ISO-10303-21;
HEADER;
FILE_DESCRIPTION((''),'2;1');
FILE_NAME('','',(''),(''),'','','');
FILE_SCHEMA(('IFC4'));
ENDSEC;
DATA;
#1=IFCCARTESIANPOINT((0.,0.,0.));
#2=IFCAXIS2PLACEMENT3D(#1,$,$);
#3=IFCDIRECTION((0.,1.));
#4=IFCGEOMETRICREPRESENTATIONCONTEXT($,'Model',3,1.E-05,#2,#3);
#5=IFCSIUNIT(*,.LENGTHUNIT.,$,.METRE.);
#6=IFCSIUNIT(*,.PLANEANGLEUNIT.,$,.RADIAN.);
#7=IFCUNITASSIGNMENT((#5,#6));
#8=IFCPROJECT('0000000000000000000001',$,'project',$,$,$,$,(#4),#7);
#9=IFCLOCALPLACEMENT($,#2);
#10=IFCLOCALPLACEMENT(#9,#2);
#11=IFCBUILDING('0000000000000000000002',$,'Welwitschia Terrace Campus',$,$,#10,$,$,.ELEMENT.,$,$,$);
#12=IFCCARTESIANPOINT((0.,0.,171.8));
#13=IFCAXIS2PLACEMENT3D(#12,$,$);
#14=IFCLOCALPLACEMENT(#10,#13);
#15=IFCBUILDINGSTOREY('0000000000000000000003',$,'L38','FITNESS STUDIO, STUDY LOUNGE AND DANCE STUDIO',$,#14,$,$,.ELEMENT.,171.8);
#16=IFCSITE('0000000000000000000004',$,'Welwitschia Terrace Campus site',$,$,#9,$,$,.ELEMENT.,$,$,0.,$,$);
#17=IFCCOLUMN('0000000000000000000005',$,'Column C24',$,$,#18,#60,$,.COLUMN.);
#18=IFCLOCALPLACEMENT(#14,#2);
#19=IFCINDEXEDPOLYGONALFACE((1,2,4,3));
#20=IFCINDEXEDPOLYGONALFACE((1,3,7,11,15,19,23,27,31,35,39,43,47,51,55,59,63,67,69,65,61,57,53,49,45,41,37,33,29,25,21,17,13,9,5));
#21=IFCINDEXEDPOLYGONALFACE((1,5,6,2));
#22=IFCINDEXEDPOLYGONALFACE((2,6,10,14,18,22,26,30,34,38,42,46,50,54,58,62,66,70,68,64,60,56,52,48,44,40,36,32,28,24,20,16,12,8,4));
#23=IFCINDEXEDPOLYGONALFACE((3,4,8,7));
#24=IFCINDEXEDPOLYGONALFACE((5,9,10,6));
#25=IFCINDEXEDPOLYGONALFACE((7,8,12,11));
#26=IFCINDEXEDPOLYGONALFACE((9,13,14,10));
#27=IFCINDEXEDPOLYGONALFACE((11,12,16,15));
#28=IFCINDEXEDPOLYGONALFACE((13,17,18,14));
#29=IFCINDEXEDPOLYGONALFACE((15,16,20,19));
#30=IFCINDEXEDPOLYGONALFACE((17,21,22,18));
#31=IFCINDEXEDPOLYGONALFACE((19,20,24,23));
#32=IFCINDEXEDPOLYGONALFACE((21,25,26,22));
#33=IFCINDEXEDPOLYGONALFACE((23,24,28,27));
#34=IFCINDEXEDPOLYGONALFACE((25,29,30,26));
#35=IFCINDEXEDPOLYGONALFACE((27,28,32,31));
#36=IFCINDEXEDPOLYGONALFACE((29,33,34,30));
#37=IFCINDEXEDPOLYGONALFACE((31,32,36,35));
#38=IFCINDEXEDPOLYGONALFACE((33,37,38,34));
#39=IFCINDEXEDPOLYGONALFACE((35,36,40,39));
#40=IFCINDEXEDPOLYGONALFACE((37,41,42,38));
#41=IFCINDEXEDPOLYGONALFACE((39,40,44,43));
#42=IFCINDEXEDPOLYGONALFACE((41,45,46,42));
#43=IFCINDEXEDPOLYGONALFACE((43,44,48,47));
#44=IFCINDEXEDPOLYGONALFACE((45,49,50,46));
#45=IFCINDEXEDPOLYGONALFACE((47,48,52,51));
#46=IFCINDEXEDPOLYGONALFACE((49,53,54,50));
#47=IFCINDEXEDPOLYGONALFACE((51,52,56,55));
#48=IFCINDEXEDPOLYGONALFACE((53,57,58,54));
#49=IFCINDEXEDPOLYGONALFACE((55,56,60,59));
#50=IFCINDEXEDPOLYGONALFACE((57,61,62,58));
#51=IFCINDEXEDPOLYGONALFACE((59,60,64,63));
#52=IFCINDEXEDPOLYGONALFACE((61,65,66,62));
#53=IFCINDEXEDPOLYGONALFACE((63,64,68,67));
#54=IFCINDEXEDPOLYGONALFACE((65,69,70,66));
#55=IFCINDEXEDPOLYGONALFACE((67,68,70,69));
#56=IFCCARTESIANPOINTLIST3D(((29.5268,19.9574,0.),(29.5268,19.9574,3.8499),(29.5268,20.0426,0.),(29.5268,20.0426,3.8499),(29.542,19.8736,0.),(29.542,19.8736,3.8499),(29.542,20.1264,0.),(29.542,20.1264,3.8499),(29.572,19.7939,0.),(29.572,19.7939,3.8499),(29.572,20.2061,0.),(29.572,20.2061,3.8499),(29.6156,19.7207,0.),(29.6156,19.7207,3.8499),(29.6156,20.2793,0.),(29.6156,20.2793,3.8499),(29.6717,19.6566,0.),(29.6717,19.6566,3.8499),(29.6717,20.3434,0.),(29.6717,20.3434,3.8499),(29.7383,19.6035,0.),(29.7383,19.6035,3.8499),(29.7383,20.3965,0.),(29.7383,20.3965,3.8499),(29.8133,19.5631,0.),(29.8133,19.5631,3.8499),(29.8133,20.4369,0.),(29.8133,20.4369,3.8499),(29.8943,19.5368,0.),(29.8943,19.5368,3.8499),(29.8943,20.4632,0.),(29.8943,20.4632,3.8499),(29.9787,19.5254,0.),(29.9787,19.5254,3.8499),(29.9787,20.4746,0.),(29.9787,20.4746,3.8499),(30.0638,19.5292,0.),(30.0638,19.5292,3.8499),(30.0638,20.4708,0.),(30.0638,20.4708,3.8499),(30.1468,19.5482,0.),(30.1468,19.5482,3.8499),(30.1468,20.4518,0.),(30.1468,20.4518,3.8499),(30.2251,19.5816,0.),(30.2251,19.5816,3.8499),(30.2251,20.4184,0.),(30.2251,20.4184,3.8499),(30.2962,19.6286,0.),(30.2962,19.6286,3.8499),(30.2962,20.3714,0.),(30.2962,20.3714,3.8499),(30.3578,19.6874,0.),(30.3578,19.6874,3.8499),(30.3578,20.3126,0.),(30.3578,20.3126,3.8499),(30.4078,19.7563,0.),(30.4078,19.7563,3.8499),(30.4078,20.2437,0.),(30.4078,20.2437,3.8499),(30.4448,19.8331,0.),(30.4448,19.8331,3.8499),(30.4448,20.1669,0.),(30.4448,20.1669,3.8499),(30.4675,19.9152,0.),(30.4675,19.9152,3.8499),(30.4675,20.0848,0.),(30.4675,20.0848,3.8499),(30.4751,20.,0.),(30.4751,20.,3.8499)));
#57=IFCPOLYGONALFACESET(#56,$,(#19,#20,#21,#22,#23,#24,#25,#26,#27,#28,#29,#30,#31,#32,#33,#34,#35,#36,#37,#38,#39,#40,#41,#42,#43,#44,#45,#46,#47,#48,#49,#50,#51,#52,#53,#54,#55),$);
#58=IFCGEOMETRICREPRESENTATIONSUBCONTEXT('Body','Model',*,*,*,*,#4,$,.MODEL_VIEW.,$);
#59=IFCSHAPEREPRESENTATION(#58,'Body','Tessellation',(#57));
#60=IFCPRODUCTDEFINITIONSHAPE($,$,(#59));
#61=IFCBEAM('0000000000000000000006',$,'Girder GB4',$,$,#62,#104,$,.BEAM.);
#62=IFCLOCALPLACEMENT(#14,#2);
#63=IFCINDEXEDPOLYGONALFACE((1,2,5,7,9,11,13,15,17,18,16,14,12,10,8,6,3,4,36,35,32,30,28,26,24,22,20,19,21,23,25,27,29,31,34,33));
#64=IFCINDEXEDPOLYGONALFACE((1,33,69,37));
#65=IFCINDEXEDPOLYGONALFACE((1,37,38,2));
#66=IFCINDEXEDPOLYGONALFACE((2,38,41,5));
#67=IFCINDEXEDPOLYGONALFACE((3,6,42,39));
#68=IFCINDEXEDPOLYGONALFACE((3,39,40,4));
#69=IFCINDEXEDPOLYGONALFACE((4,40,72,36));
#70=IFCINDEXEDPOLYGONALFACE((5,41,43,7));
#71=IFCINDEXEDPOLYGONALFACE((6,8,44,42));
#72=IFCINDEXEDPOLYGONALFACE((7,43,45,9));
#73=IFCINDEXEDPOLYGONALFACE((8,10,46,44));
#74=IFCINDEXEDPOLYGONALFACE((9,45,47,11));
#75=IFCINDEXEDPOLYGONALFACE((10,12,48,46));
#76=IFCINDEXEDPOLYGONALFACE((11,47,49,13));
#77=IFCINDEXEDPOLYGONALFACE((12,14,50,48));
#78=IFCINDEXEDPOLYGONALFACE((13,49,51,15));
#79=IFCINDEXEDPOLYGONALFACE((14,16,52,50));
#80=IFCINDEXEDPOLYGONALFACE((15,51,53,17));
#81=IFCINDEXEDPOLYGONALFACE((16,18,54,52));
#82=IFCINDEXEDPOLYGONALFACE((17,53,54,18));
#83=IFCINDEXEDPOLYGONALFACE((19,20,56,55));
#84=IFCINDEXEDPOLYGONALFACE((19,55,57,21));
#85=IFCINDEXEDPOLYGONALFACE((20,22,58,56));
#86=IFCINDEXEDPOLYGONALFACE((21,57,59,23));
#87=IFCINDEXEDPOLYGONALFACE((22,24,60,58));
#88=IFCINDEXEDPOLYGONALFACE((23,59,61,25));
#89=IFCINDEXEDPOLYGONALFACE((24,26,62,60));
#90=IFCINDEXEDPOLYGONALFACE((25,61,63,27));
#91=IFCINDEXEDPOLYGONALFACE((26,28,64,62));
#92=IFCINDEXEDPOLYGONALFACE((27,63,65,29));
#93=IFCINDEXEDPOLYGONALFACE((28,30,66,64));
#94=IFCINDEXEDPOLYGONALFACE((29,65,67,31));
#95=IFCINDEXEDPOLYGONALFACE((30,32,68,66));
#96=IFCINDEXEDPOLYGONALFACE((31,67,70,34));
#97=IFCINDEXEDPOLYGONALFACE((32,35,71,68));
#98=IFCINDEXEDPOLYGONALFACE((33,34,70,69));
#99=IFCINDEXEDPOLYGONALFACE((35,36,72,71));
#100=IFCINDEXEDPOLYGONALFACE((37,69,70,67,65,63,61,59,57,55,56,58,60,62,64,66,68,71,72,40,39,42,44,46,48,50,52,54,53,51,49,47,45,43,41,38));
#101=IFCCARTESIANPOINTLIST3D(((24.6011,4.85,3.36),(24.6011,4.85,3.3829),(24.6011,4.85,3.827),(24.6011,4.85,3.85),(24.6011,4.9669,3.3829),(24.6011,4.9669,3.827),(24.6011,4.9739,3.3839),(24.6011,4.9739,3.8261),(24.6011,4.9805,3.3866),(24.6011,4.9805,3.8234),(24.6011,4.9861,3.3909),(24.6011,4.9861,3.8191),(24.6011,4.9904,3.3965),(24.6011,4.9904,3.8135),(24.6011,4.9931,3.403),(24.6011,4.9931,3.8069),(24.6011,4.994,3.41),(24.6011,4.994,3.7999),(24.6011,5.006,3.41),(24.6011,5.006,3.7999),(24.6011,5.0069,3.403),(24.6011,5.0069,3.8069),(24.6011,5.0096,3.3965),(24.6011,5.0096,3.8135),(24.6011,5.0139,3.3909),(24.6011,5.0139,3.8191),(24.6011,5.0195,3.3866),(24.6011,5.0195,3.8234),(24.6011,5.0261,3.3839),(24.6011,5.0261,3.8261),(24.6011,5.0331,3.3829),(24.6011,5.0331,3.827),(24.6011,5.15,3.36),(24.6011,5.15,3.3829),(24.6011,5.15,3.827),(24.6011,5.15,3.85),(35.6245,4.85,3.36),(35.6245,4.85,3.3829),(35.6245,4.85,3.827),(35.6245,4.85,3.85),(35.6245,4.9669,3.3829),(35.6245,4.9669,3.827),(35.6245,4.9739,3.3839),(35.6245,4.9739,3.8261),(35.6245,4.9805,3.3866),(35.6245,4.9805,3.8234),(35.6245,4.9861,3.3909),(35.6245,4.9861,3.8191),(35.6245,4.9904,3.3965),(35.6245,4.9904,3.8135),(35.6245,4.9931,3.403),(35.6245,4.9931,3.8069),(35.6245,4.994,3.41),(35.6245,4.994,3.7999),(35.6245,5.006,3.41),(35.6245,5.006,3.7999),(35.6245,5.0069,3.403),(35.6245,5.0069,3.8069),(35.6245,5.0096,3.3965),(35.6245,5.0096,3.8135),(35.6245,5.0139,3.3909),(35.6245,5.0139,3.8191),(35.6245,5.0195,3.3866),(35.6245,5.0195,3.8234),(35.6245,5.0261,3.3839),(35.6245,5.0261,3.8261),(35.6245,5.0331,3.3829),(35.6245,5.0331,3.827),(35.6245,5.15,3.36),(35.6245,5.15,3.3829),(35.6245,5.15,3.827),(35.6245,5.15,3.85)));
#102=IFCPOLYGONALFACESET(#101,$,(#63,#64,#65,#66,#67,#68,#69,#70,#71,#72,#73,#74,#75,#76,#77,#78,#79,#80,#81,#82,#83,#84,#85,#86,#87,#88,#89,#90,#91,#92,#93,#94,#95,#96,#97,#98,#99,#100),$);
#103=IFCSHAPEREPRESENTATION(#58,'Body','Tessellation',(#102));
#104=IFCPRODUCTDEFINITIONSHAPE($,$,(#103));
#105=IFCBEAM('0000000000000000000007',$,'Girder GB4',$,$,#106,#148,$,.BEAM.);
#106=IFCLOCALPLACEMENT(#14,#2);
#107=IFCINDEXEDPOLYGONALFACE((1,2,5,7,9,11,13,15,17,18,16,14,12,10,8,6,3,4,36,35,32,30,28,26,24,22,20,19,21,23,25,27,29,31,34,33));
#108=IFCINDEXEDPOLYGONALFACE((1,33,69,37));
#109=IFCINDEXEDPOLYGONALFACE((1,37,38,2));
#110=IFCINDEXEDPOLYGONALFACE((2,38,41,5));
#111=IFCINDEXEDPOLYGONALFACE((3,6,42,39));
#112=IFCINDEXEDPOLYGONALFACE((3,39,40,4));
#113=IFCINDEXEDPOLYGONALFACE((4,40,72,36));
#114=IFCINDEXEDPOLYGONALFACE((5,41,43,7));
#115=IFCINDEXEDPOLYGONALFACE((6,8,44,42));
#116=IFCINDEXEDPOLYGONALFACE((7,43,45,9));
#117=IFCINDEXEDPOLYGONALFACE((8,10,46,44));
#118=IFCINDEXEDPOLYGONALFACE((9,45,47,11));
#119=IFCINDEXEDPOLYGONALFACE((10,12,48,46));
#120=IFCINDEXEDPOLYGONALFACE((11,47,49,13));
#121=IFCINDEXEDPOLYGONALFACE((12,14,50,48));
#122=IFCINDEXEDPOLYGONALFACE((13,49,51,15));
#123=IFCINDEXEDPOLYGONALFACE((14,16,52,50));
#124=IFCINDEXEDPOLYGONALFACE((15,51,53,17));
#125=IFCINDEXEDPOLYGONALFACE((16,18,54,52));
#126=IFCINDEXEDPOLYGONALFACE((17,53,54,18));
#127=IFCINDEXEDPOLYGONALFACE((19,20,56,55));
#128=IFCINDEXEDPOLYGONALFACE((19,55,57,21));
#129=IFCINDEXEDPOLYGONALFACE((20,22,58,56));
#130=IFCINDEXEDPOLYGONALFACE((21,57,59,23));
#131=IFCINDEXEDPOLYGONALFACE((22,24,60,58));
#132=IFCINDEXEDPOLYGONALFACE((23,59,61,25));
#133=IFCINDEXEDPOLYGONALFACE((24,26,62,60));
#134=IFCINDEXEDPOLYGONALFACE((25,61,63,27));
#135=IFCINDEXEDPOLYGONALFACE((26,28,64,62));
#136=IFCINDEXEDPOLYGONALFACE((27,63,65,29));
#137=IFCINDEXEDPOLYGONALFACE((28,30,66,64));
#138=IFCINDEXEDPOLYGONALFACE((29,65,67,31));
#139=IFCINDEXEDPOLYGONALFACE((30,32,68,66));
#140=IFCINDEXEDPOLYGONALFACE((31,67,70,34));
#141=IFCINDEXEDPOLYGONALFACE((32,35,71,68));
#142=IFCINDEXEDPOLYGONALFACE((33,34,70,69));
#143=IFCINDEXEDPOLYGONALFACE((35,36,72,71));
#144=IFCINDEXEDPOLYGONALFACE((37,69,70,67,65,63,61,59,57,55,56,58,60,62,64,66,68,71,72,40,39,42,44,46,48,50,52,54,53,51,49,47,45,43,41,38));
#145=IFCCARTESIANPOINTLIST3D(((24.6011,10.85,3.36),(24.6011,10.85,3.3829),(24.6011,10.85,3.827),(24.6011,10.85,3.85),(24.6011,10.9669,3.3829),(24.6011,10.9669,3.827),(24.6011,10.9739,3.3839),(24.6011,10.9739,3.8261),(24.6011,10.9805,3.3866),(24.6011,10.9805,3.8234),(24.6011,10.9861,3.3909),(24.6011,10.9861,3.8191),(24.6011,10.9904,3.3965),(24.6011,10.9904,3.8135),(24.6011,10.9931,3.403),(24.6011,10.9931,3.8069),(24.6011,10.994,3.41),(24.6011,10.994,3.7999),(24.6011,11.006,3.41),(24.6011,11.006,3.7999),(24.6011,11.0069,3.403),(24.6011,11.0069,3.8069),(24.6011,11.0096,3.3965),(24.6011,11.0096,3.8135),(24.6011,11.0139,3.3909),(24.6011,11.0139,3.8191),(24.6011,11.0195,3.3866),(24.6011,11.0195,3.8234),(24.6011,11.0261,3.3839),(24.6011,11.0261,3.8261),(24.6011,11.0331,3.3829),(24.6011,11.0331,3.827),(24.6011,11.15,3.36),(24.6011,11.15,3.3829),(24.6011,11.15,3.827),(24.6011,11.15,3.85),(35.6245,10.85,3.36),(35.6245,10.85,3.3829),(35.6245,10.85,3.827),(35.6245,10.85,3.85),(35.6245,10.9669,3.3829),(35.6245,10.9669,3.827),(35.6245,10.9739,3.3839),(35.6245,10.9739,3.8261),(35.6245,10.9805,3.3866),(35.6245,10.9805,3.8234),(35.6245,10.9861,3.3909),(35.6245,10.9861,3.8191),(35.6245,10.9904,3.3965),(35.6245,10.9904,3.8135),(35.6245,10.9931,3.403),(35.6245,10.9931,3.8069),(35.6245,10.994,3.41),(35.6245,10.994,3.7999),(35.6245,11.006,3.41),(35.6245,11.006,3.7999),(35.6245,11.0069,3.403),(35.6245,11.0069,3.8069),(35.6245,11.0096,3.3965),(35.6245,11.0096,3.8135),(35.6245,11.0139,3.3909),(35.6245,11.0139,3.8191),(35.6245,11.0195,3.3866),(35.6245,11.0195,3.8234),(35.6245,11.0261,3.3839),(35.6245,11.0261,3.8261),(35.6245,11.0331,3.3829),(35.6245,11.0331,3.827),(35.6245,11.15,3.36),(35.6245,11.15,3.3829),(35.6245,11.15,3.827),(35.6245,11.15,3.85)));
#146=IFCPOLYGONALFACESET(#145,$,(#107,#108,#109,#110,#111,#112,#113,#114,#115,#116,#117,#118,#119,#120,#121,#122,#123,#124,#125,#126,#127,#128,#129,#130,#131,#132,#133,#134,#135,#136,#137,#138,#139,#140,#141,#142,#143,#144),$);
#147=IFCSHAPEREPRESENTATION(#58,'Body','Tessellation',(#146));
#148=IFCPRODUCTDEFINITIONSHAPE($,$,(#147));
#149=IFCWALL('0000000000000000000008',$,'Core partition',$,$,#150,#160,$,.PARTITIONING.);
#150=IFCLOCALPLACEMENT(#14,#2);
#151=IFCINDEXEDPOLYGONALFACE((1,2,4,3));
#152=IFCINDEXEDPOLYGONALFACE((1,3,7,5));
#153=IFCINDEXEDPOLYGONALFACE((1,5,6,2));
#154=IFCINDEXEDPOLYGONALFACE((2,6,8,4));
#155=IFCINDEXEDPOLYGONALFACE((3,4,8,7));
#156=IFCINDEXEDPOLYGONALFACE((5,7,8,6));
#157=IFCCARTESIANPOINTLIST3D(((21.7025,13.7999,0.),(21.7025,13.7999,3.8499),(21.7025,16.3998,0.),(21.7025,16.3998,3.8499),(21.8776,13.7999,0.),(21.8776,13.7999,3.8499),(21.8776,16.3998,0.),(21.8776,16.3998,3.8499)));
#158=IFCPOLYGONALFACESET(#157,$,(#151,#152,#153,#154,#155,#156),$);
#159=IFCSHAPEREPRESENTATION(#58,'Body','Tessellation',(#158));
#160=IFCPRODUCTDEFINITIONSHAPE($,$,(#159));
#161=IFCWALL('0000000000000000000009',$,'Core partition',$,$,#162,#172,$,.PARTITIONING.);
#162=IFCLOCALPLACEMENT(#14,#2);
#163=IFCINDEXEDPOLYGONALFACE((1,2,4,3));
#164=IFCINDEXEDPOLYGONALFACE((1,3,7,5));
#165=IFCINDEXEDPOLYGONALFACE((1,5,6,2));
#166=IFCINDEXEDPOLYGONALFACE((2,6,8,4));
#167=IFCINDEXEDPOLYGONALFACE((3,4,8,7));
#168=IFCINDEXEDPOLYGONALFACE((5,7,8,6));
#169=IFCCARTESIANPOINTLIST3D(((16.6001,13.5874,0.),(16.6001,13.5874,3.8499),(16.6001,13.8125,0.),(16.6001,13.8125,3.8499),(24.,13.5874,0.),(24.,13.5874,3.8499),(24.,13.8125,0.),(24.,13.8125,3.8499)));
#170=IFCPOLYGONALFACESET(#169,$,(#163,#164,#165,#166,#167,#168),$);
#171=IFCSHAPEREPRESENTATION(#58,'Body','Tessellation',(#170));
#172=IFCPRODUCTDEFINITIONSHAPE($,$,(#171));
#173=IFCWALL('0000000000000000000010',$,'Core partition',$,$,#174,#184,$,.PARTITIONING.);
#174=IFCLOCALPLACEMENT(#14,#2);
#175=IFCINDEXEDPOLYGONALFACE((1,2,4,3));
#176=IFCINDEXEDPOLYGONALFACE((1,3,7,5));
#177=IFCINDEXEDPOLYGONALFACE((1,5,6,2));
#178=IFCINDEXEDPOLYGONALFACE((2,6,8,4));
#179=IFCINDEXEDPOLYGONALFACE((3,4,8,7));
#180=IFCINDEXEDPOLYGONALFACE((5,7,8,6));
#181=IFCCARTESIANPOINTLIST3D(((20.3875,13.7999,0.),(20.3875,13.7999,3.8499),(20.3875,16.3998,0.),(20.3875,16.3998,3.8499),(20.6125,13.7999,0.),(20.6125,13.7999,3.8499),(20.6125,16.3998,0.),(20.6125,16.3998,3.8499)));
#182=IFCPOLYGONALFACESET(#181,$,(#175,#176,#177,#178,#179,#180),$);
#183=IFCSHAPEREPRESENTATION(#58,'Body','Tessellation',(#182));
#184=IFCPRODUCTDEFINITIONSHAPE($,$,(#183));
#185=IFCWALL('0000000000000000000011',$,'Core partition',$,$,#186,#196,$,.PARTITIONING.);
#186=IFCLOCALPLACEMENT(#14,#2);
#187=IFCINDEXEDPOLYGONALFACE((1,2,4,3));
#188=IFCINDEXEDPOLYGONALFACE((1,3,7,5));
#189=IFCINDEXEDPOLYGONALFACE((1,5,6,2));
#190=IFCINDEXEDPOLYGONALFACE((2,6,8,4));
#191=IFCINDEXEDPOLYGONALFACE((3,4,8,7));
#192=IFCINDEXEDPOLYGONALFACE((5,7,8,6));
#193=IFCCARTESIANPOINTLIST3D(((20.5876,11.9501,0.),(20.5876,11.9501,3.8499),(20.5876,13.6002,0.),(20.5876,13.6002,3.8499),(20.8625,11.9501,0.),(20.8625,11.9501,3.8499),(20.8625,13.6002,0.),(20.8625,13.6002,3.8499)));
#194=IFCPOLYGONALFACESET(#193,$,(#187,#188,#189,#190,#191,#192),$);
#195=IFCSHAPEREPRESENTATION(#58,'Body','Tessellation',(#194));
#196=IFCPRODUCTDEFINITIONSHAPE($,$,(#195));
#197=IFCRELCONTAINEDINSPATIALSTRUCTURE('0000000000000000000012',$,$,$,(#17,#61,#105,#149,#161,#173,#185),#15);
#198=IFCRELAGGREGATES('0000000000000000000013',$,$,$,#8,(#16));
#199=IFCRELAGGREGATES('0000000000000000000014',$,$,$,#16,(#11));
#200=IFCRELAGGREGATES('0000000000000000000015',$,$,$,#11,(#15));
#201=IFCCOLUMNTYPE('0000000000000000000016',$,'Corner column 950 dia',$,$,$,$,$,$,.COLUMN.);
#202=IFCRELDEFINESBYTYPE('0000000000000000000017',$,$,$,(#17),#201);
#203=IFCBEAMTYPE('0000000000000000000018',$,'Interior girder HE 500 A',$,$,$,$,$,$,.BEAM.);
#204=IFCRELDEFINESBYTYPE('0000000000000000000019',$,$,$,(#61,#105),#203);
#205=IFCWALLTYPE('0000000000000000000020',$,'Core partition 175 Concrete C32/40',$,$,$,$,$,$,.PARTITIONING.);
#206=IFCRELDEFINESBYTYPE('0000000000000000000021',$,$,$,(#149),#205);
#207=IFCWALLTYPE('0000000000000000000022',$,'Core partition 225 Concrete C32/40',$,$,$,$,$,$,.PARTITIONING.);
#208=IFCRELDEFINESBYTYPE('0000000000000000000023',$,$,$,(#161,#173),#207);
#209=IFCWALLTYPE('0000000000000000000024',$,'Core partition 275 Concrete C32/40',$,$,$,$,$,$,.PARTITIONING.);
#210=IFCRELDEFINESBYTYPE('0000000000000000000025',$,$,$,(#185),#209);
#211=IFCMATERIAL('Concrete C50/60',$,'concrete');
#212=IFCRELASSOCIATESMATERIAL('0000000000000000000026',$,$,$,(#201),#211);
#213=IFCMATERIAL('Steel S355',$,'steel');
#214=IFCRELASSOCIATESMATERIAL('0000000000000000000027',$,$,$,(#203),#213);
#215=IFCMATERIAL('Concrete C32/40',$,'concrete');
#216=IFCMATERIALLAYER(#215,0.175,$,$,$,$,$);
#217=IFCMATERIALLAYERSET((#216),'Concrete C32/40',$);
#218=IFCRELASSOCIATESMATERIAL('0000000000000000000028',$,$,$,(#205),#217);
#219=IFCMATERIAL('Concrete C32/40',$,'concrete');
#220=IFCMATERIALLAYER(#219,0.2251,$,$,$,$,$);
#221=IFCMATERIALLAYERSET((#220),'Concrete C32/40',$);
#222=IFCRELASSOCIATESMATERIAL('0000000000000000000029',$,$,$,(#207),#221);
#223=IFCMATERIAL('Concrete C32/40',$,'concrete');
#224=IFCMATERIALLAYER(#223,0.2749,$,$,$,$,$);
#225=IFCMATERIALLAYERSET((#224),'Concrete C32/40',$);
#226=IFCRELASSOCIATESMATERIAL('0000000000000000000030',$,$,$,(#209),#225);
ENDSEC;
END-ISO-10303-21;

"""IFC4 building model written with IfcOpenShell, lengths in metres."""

from ifc_helpers import new_model, si_unit, direction, frame, frame_2d, origin, origin_2d, place, context, subcontext, project, spatial, rectangle, circle, i_section, extrude, material, layer, layer_set, material_profile, profile_set, type_object, element, save


model = new_model("IFC4")

# Units and contexts
model_context = context("Model", 3, precision=1e-05, world=origin(), true_north=direction((0.0, 1.0)))
body_context = subcontext(model_context, "Body", "Model", "MODEL_VIEW")
ifc_project = project(units=[si_unit("LENGTHUNIT", "METRE"), si_unit("PLANEANGLEUNIT", "RADIAN")], contexts=[model_context])

# Site, building, storey
site_placement = place(None, origin())
site = spatial("IfcSite", under=ifc_project, at=site_placement, Name="Welwitschia Terrace Campus site", CompositionType="ELEMENT", RefElevation=0.0)
building_placement = place(site_placement, origin())
building = spatial("IfcBuilding", under=site, at=building_placement, Name="Welwitschia Terrace Campus", CompositionType="ELEMENT")
storey_placement = place(building_placement, frame((0.0, 0.0, 171.8)))
storey = spatial("IfcBuildingStorey", under=building, at=storey_placement, Name="L38", Description="FITNESS STUDIO, STUDY LOUNGE AND DANCE STUDIO", CompositionType="ELEMENT", Elevation=171.8)

# Column
ifc_material_1 = material(Name="Concrete C50/60", Category="concrete")
ifc_material_profile_1 = material_profile(ifc_material_1, circle(Radius=0.4751, at=origin_2d()))
ifc_profile_set_1 = profile_set([ifc_material_profile_1], Name="Concrete C50/60")
column_type = type_object("IfcColumnType", Name="Corner column 950 dia", PredefinedType="COLUMN", material=ifc_profile_set_1)
column_placement = place(storey_placement, frame((30.0, 20.0, 0.0), z_axis=(0.0, 0.0, 1.0), x_axis=(1.0, 0.0, 0.0)))
element("IfcColumn", 1, at=column_placement, inside=storey, type_object=column_type, Name="Column C24", PredefinedType="COLUMN", context=body_context, shape_type="SweptSolid", body=[
    extrude(circle(Radius=0.4751, at=origin_2d()), origin(), (0.0, 0.0, 1.0), 3.8499),
])

# Beams
ifc_material_2 = material(Name="Steel S355", Category="steel")
ifc_material_profile_2 = material_profile(ifc_material_2, i_section(OverallWidth=0.3, OverallDepth=0.49, WebThickness=0.012, FlangeThickness=0.0229, FilletRadius=0.0271, at=origin_2d()))
ifc_profile_set_2 = profile_set([ifc_material_profile_2], Name="Steel S355")
beam_type = type_object("IfcBeamType", Name="Interior girder HE 500 A", PredefinedType="BEAM", material=ifc_profile_set_2)
for number, where, z_axis, x_axis, name in (
    (2, (24.6011, 5.0, 3.605), (1.0, 0.0, 0.0), (0.0, 1.0, 0.0), "Girder GB4"),
    (3, (24.6011, 11.0, 3.605), (1.0, 0.0, 0.0), (0.0, 1.0, 0.0), "Girder GB4"),
):
    element("IfcBeam", number, at=place(storey_placement, frame(where, z_axis=z_axis, x_axis=x_axis)), inside=storey, type_object=beam_type, Name=name, PredefinedType="BEAM", context=body_context, shape_type="SweptSolid", body=[
        extrude(i_section(OverallWidth=0.3, OverallDepth=0.49, WebThickness=0.012, FlangeThickness=0.0229, FilletRadius=0.0271, at=origin_2d()), origin(), (0.0, 0.0, 1.0), 11.0234),
    ])

# Walls
ifc_material_3 = material(Name="Concrete C32/40", Category="concrete")
ifc_layer_1 = layer(ifc_material_3, 0.175)
ifc_layer_set_1 = layer_set([ifc_layer_1], Name="Concrete C32/40")
wall_type_1 = type_object("IfcWallType", Name="Core partition 175 Concrete C32/40", PredefinedType="PARTITIONING", material=ifc_layer_set_1)
wall_1_placement = place(storey_placement, frame((21.79, 13.8, 0.0), z_axis=(0.0, 0.0, 1.0), x_axis=(0.0, 1.0, 0.0)))
element("IfcWall", 4, at=wall_1_placement, inside=storey, type_object=wall_type_1, Name="Core partition", PredefinedType="PARTITIONING", context=body_context, shape_type="SweptSolid", body=[
    extrude(rectangle(XDim=2.5999, YDim=0.175, at=frame_2d((1.2998, 0.0))), origin(), (0.0, 0.0, 1.0), 3.8499),
])
ifc_material_4 = material(Name="Concrete C32/40", Category="concrete")
ifc_layer_2 = layer(ifc_material_4, 0.2251)
ifc_layer_set_2 = layer_set([ifc_layer_2], Name="Concrete C32/40")
wall_type_2 = type_object("IfcWallType", Name="Core partition 225 Concrete C32/40", PredefinedType="PARTITIONING", material=ifc_layer_set_2)
wall_2_placement = place(storey_placement, frame((16.6001, 13.7, 0.0), z_axis=(0.0, 0.0, 1.0), x_axis=(1.0, 0.0, 0.0)))
element("IfcWall", 5, at=wall_2_placement, inside=storey, type_object=wall_type_2, Name="Core partition", PredefinedType="PARTITIONING", context=body_context, shape_type="SweptSolid", body=[
    extrude(rectangle(XDim=7.3999, YDim=0.2251, at=frame_2d((3.7, 0.0))), origin(), (0.0, 0.0, 1.0), 3.8499),
])
wall_3_placement = place(storey_placement, frame((20.5, 13.8, 0.0), z_axis=(0.0, 0.0, 1.0), x_axis=(0.0, 1.0, 0.0)))
element("IfcWall", 6, at=wall_3_placement, inside=storey, type_object=wall_type_2, Name="Core partition", PredefinedType="PARTITIONING", context=body_context, shape_type="SweptSolid", body=[
    extrude(rectangle(XDim=2.5999, YDim=0.2251, at=frame_2d((1.2998, 0.0))), origin(), (0.0, 0.0, 1.0), 3.8499),
])
ifc_material_5 = material(Name="Concrete C32/40", Category="concrete")
ifc_layer_3 = layer(ifc_material_5, 0.2749)
ifc_layer_set_3 = layer_set([ifc_layer_3], Name="Concrete C32/40")
wall_type_3 = type_object("IfcWallType", Name="Core partition 275 Concrete C32/40", PredefinedType="PARTITIONING", material=ifc_layer_set_3)
wall_4_placement = place(storey_placement, frame((20.7251, 11.95, 0.0), z_axis=(0.0, 0.0, 1.0), x_axis=(0.0, 1.0, 0.0)))
element("IfcWall", 7, at=wall_4_placement, inside=storey, type_object=wall_type_3, Name="Core partition", PredefinedType="PARTITIONING", context=body_context, shape_type="SweptSolid", body=[
    extrude(rectangle(XDim=1.6501, YDim=0.2749, at=frame_2d((0.8252, 0.0))), origin(), (0.0, 0.0, 1.0), 3.8499),
])

save(model, "model.ifc")
